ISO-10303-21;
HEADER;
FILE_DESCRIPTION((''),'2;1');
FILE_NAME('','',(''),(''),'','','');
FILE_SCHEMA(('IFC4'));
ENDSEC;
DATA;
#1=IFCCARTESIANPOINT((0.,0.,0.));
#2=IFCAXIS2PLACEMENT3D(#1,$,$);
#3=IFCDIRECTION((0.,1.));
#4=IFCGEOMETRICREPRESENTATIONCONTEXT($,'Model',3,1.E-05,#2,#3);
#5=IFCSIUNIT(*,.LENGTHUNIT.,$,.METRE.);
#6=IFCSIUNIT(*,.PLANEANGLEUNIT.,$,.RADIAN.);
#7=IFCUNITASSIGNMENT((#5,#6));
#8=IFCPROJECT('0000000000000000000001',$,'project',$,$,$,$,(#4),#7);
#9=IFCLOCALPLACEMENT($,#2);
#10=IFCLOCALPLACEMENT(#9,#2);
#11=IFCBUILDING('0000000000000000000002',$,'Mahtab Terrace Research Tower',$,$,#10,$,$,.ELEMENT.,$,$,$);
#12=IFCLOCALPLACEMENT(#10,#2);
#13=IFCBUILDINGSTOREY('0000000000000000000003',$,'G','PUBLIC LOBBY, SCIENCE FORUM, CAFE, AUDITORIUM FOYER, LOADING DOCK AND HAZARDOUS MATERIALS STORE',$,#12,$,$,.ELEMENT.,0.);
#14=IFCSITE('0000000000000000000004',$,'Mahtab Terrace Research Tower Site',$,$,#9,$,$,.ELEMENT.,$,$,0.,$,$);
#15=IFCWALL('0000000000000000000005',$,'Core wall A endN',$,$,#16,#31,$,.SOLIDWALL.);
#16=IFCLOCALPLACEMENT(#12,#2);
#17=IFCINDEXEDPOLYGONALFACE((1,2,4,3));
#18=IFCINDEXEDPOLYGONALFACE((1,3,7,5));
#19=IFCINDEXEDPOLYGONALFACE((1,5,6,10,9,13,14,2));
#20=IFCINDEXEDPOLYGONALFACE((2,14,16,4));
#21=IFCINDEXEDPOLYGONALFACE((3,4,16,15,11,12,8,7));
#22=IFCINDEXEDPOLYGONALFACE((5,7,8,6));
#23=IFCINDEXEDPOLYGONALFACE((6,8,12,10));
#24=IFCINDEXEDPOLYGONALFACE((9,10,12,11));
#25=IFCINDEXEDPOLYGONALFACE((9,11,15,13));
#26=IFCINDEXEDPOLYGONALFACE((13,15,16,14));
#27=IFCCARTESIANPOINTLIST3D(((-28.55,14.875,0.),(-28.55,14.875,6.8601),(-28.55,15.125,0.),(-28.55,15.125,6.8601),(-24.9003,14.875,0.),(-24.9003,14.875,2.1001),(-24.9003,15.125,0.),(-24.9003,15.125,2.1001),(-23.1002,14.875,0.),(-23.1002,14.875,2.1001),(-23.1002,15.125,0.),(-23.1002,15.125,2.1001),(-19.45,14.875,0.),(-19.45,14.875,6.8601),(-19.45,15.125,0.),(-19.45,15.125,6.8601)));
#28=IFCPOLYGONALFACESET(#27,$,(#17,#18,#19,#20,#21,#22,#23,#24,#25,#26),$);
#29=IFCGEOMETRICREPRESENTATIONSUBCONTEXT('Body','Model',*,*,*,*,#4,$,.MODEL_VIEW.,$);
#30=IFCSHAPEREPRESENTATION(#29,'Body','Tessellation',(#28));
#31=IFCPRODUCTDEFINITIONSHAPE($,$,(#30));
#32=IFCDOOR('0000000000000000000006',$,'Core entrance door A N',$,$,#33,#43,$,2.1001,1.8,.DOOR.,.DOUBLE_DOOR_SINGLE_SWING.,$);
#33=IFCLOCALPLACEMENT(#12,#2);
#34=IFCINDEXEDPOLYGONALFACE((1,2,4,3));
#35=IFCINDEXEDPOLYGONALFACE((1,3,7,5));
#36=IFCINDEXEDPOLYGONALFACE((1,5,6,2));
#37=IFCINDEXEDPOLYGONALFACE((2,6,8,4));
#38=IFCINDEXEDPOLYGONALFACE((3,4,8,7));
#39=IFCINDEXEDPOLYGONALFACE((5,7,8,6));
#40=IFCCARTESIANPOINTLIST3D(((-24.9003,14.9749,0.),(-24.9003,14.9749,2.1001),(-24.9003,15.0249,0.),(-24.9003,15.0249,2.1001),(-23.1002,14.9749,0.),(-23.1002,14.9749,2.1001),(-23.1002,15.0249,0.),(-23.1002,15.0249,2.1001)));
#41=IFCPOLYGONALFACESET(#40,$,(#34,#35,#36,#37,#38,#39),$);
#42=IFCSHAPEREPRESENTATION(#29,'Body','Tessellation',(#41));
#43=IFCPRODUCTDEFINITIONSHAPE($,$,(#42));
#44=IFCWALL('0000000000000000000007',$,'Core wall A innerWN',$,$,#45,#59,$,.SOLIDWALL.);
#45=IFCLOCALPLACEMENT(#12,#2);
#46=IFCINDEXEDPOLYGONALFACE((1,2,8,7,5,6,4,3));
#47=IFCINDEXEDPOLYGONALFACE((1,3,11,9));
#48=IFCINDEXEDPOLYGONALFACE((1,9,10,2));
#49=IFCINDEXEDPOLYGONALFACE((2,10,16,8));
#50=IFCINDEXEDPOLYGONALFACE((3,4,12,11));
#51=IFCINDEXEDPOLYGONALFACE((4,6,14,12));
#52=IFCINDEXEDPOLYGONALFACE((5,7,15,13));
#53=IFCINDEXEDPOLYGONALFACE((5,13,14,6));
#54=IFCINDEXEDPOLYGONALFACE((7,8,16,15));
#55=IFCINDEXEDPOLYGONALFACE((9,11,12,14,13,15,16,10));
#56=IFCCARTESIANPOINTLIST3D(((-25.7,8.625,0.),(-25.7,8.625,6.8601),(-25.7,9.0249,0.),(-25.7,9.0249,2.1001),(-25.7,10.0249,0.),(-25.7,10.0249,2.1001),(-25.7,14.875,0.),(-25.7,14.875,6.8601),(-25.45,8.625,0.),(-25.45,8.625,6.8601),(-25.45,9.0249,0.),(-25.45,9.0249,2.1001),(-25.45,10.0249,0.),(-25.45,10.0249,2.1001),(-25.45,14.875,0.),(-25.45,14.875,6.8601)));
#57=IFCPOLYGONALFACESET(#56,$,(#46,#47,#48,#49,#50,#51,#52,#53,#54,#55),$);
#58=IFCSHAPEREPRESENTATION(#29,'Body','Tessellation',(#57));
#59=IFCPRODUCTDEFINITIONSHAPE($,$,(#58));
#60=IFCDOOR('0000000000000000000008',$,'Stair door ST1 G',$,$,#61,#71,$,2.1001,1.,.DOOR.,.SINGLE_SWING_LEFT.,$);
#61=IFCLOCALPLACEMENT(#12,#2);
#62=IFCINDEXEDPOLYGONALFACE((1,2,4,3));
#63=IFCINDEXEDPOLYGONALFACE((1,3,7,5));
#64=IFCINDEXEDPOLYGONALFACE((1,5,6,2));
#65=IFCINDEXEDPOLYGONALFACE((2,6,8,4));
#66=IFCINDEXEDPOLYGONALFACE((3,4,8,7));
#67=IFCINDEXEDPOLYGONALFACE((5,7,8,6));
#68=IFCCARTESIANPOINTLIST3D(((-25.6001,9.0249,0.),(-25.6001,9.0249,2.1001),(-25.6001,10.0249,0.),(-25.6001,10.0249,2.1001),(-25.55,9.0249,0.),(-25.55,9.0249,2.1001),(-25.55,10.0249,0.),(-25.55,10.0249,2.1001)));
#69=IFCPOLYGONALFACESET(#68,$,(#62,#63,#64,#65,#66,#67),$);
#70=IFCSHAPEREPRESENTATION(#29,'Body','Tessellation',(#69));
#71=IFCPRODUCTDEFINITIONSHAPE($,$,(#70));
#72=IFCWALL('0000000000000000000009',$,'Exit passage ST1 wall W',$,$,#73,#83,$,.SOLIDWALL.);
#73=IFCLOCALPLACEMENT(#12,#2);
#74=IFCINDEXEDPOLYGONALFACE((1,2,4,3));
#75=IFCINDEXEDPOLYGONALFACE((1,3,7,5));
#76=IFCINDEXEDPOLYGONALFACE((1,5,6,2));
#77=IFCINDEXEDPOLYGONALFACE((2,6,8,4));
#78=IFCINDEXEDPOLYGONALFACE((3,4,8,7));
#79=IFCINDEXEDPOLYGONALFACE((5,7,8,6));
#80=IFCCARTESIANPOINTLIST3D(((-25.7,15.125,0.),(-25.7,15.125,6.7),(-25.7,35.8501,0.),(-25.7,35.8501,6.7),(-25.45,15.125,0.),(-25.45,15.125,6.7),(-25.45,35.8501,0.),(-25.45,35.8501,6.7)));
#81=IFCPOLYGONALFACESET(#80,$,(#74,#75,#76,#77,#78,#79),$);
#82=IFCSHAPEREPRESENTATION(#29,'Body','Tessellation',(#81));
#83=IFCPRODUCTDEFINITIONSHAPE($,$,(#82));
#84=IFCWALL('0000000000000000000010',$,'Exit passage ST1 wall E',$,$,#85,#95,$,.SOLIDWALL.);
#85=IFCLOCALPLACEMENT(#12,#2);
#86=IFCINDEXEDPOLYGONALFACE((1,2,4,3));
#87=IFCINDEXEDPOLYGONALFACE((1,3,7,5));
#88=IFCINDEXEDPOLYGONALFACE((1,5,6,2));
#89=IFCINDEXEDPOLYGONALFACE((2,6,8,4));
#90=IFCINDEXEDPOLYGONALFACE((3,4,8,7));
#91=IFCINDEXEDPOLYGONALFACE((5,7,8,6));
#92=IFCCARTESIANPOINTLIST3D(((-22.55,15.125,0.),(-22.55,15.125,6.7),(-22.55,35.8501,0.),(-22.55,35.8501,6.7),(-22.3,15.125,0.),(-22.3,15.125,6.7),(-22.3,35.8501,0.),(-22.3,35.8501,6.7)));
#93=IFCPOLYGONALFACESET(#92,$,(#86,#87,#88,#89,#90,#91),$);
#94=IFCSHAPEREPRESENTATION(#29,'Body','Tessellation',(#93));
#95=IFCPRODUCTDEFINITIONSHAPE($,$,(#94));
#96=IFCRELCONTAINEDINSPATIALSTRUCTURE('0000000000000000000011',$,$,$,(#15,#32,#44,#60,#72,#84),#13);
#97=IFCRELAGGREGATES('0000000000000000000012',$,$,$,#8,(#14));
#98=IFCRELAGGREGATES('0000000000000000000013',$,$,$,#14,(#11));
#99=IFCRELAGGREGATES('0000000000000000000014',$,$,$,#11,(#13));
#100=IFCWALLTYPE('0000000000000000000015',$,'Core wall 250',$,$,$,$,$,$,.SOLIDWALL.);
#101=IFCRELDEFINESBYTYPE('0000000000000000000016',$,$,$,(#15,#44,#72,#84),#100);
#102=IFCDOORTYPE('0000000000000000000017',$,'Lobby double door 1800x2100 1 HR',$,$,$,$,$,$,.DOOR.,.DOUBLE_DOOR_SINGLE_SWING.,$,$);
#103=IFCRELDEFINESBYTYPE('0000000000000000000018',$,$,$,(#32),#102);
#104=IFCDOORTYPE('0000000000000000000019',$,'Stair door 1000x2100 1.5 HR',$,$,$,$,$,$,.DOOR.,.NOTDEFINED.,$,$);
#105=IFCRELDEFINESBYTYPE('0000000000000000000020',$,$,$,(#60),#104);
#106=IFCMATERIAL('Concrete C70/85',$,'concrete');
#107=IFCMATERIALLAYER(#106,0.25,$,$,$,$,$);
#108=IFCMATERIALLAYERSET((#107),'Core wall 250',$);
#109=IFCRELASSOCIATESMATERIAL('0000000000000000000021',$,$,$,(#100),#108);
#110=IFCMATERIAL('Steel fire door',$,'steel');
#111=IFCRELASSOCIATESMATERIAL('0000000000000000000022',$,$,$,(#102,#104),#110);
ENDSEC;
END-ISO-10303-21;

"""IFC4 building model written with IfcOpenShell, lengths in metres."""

from ifc_helpers import new_model, si_unit, direction, frame, frame_2d, origin, place, context, subcontext, project, spatial, rectangle, extrude, material, layer, layer_set, type_object, element, fill, save


model = new_model("IFC4")

# Units and contexts
model_context = context("Model", 3, precision=1e-05, world=origin(), true_north=direction((0.0, 1.0)))
body_context = subcontext(model_context, "Body", "Model", "MODEL_VIEW")
ifc_project = project(units=[si_unit("LENGTHUNIT", "METRE"), si_unit("PLANEANGLEUNIT", "RADIAN")], contexts=[model_context])

# Site, building, storey
site_placement = place(None, origin())
site = spatial("IfcSite", under=ifc_project, at=site_placement, Name="Mahtab Terrace Research Tower Site", CompositionType="ELEMENT", RefElevation=0.0)
building_placement = place(site_placement, origin())
building = spatial("IfcBuilding", under=site, at=building_placement, Name="Mahtab Terrace Research Tower", CompositionType="ELEMENT")
storey_placement = place(building_placement, origin())
storey = spatial("IfcBuildingStorey", under=building, at=storey_placement, Name="G", Description="PUBLIC LOBBY, SCIENCE FORUM, CAFE, AUDITORIUM FOYER, LOADING DOCK AND HAZARDOUS MATERIALS STORE", CompositionType="ELEMENT", Elevation=0.0)

# Shared definitions
ifc_material_1 = material(Name="Concrete C70/85", Category="concrete")

# Shared definitions
ifc_layer_1 = layer(ifc_material_1, 0.25)
ifc_layer_set_1 = layer_set([ifc_layer_1], Name="Core wall 250")
wall_type_1 = type_object("IfcWallType", Name="Core wall 250", PredefinedType="SOLIDWALL", material=ifc_layer_set_1)

# Walls, openings, doors
wall_1_placement = place(storey_placement, frame((-28.55, 15.0, 0.0), z_axis=(0.0, 0.0, 1.0), x_axis=(1.0, 0.0, 0.0)))
wall_1 = element("IfcWall", 1, at=wall_1_placement, inside=storey, type_object=wall_type_1, Name="Core wall A endN", PredefinedType="SOLIDWALL", context=body_context, shape_type="SweptSolid", body=[
    extrude(rectangle(XDim=9.1001, YDim=0.25, at=frame_2d((4.55, 0.0))), origin(), (0.0, 0.0, 1.0), 6.8601),
])
opening_1_placement = place(wall_1_placement, frame((3.6499, 0.0, 0.0)))
opening_1 = element("IfcOpeningElement", 2, at=opening_1_placement, cuts=wall_1, PredefinedType="OPENING", context=body_context, shape_type="SweptSolid", body=[
    extrude(rectangle(XDim=1.8, YDim=2.1001, at=frame_2d((0.8999, 1.05))), frame((0.0, 0.135, 0.0), z_axis=(0.0, -1.0, 0.0), x_axis=(1.0, 0.0, 0.0)), (0.0, 0.0, 1.0), 0.27),
])
ifc_material_2 = material(Name="Steel fire door", Category="steel")
door_type_1 = type_object("IfcDoorType", Name="Lobby double door 1800x2100 1 HR", OperationType="DOUBLE_DOOR_SINGLE_SWING", PredefinedType="DOOR", material=ifc_material_2)
door_1_placement = place(opening_1_placement, origin())
door_1 = element("IfcDoor", 3, at=door_1_placement, inside=storey, type_object=door_type_1, Name="Core entrance door A N", OperationType="DOUBLE_DOOR_SINGLE_SWING", OverallHeight=2.1001, OverallWidth=1.8, PredefinedType="DOOR", context=body_context, shape_type="SweptSolid", body=[
    extrude(rectangle(XDim=1.8, YDim=2.1001, at=frame_2d((0.8999, 1.05))), frame((0.0, 0.0249, 0.0), z_axis=(0.0, -1.0, 0.0), x_axis=(1.0, 0.0, 0.0)), (0.0, 0.0, 1.0), 0.05),
])
fill(opening_1, door_1)
wall_2_placement = place(storey_placement, frame((-25.575, 14.875, 0.0), z_axis=(0.0, 0.0, 1.0), x_axis=(0.0, -1.0, 0.0)))
wall_2 = element("IfcWall", 4, at=wall_2_placement, inside=storey, type_object=wall_type_1, Name="Core wall A innerWN", PredefinedType="SOLIDWALL", context=body_context, shape_type="SweptSolid", body=[
    extrude(rectangle(XDim=6.25, YDim=0.25, at=frame_2d((3.125, 0.0))), origin(), (0.0, 0.0, 1.0), 6.8601),
])
opening_2_placement = place(wall_2_placement, frame((4.8501, 0.0, 0.0)))
opening_2 = element("IfcOpeningElement", 5, at=opening_2_placement, cuts=wall_2, PredefinedType="OPENING", context=body_context, shape_type="SweptSolid", body=[
    extrude(rectangle(XDim=1.0, YDim=2.1001, at=frame_2d((0.5, 1.05))), frame((0.0, 0.135, 0.0), z_axis=(0.0, -1.0, 0.0), x_axis=(1.0, 0.0, 0.0)), (0.0, 0.0, 1.0), 0.27),
])
door_type_2 = type_object("IfcDoorType", Name="Stair door 1000x2100 1.5 HR", OperationType="NOTDEFINED", PredefinedType="DOOR", material=ifc_material_2)
door_2_placement = place(opening_2_placement, origin())
door_2 = element("IfcDoor", 6, at=door_2_placement, inside=storey, type_object=door_type_2, Name="Stair door ST1 G", OperationType="SINGLE_SWING_LEFT", OverallHeight=2.1001, OverallWidth=1.0, PredefinedType="DOOR", context=body_context, shape_type="SweptSolid", body=[
    extrude(rectangle(XDim=1.0, YDim=2.1001, at=frame_2d((0.5, 1.05))), frame((0.0, 0.0249, 0.0), z_axis=(0.0, -1.0, 0.0), x_axis=(1.0, 0.0, 0.0)), (0.0, 0.0, 1.0), 0.05),
])
fill(opening_2, door_2)

# Walls
for number, where, z_axis, x_axis, name in (
    (7, (-25.575, 15.125, 0.0), (0.0, 0.0, 1.0), (0.0, 1.0, 0.0), "Exit passage ST1 wall W"),
    (8, (-22.425, 15.125, 0.0), (0.0, 0.0, 1.0), (0.0, 1.0, 0.0), "Exit passage ST1 wall E"),
):
    element("IfcWall", number, at=place(storey_placement, frame(where, z_axis=z_axis, x_axis=x_axis)), inside=storey, type_object=wall_type_1, Name=name, PredefinedType="SOLIDWALL", context=body_context, shape_type="SweptSolid", body=[
        extrude(rectangle(XDim=20.7251, YDim=0.25, at=frame_2d((10.3625, 0.0))), origin(), (0.0, 0.0, 1.0), 6.7),
    ])

save(model, "model.ifc")
